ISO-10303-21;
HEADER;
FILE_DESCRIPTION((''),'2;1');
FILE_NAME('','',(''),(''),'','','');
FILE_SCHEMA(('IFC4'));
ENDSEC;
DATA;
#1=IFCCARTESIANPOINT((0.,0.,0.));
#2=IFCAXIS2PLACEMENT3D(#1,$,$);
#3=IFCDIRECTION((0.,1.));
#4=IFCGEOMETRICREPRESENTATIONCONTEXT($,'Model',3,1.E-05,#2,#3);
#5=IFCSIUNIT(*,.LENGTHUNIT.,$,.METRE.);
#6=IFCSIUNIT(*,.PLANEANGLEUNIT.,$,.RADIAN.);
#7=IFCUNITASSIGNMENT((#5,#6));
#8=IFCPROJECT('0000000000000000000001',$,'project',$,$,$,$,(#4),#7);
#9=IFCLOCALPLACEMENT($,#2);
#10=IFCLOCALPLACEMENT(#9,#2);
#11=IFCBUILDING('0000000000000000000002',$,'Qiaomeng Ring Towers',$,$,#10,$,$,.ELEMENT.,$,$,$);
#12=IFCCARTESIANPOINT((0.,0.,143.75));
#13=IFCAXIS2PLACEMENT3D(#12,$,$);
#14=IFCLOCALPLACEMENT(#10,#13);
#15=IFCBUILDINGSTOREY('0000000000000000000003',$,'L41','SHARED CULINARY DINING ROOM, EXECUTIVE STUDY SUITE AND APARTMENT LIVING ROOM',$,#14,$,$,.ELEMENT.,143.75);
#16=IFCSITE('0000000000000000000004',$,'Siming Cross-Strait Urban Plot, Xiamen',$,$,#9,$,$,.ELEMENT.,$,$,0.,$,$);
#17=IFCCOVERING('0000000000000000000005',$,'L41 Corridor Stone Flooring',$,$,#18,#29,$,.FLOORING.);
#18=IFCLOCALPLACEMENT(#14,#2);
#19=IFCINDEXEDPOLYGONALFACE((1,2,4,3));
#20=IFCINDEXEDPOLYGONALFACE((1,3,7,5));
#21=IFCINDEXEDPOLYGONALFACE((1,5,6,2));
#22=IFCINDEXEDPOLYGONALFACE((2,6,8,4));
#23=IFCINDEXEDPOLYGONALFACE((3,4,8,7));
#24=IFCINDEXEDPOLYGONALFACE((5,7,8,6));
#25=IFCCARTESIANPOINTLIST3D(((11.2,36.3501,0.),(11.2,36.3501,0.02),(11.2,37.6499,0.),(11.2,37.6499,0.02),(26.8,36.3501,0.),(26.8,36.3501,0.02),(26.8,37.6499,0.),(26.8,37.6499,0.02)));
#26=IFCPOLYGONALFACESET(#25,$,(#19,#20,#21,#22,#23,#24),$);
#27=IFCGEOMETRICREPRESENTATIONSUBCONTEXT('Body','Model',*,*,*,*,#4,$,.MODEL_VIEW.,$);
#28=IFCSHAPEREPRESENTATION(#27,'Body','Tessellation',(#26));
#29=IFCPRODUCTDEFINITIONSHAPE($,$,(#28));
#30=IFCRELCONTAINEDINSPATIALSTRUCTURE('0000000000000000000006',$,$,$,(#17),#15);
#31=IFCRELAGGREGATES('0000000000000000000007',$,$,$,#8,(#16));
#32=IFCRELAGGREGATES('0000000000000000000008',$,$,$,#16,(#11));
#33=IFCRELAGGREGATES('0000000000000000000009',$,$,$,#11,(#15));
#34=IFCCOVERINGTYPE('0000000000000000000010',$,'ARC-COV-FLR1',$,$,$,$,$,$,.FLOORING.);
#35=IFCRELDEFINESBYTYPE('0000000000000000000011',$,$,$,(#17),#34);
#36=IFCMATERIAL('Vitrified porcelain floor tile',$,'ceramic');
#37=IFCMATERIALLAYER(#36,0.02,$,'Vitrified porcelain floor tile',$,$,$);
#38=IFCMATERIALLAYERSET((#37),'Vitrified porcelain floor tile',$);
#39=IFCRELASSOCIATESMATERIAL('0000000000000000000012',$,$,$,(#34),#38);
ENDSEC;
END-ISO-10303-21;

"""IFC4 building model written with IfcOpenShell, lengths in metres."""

from ifc_helpers import new_model, si_unit, direction, frame, origin, place, context, subcontext, project, spatial, polyline, outline, extrude, material, layer, layer_set, type_object, element, save


model = new_model("IFC4")

# Units and contexts
model_context = context("Model", 3, precision=1e-05, world=origin(), true_north=direction((0.0, 1.0)))
body_context = subcontext(model_context, "Body", "Model", "MODEL_VIEW")
ifc_project = project(units=[si_unit("LENGTHUNIT", "METRE"), si_unit("PLANEANGLEUNIT", "RADIAN")], contexts=[model_context])

# Site, building, storey
site_placement = place(None, origin())
site = spatial("IfcSite", under=ifc_project, at=site_placement, Name="Siming Cross-Strait Urban Plot, Xiamen", CompositionType="ELEMENT", RefElevation=0.0)
building_placement = place(site_placement, origin())
building = spatial("IfcBuilding", under=site, at=building_placement, Name="Qiaomeng Ring Towers", CompositionType="ELEMENT")
storey_placement = place(building_placement, frame((0.0, 0.0, 143.75)))
storey = spatial("IfcBuildingStorey", under=building, at=storey_placement, Name="L41", Description="SHARED CULINARY DINING ROOM, EXECUTIVE STUDY SUITE AND APARTMENT LIVING ROOM", CompositionType="ELEMENT", Elevation=143.75)

# Covering
ifc_material_1 = material(Name="Vitrified porcelain floor tile", Category="ceramic")
ifc_layer_1 = layer(ifc_material_1, 0.02, Name="Vitrified porcelain floor tile")
ifc_layer_set_1 = layer_set([ifc_layer_1], Name="Vitrified porcelain floor tile")
covering_type_1 = type_object("IfcCoveringType", Name="ARC-COV-FLR1", PredefinedType="FLOORING", material=ifc_layer_set_1)
covering_1_placement = place(storey_placement, origin())
element("IfcCovering", 1, at=covering_1_placement, inside=storey, type_object=covering_type_1, Name="L41 Corridor Stone Flooring", PredefinedType="FLOORING", context=body_context, shape_type="SweptSolid", body=[
    extrude(outline(polyline([(11.2, 36.3501), (11.2, 37.6499), (26.8, 37.6499), (26.8, 36.3501), (11.2, 36.3501)])), origin(), (0.0, 0.0, 1.0), 0.02),
])

save(model, "model.ifc")
